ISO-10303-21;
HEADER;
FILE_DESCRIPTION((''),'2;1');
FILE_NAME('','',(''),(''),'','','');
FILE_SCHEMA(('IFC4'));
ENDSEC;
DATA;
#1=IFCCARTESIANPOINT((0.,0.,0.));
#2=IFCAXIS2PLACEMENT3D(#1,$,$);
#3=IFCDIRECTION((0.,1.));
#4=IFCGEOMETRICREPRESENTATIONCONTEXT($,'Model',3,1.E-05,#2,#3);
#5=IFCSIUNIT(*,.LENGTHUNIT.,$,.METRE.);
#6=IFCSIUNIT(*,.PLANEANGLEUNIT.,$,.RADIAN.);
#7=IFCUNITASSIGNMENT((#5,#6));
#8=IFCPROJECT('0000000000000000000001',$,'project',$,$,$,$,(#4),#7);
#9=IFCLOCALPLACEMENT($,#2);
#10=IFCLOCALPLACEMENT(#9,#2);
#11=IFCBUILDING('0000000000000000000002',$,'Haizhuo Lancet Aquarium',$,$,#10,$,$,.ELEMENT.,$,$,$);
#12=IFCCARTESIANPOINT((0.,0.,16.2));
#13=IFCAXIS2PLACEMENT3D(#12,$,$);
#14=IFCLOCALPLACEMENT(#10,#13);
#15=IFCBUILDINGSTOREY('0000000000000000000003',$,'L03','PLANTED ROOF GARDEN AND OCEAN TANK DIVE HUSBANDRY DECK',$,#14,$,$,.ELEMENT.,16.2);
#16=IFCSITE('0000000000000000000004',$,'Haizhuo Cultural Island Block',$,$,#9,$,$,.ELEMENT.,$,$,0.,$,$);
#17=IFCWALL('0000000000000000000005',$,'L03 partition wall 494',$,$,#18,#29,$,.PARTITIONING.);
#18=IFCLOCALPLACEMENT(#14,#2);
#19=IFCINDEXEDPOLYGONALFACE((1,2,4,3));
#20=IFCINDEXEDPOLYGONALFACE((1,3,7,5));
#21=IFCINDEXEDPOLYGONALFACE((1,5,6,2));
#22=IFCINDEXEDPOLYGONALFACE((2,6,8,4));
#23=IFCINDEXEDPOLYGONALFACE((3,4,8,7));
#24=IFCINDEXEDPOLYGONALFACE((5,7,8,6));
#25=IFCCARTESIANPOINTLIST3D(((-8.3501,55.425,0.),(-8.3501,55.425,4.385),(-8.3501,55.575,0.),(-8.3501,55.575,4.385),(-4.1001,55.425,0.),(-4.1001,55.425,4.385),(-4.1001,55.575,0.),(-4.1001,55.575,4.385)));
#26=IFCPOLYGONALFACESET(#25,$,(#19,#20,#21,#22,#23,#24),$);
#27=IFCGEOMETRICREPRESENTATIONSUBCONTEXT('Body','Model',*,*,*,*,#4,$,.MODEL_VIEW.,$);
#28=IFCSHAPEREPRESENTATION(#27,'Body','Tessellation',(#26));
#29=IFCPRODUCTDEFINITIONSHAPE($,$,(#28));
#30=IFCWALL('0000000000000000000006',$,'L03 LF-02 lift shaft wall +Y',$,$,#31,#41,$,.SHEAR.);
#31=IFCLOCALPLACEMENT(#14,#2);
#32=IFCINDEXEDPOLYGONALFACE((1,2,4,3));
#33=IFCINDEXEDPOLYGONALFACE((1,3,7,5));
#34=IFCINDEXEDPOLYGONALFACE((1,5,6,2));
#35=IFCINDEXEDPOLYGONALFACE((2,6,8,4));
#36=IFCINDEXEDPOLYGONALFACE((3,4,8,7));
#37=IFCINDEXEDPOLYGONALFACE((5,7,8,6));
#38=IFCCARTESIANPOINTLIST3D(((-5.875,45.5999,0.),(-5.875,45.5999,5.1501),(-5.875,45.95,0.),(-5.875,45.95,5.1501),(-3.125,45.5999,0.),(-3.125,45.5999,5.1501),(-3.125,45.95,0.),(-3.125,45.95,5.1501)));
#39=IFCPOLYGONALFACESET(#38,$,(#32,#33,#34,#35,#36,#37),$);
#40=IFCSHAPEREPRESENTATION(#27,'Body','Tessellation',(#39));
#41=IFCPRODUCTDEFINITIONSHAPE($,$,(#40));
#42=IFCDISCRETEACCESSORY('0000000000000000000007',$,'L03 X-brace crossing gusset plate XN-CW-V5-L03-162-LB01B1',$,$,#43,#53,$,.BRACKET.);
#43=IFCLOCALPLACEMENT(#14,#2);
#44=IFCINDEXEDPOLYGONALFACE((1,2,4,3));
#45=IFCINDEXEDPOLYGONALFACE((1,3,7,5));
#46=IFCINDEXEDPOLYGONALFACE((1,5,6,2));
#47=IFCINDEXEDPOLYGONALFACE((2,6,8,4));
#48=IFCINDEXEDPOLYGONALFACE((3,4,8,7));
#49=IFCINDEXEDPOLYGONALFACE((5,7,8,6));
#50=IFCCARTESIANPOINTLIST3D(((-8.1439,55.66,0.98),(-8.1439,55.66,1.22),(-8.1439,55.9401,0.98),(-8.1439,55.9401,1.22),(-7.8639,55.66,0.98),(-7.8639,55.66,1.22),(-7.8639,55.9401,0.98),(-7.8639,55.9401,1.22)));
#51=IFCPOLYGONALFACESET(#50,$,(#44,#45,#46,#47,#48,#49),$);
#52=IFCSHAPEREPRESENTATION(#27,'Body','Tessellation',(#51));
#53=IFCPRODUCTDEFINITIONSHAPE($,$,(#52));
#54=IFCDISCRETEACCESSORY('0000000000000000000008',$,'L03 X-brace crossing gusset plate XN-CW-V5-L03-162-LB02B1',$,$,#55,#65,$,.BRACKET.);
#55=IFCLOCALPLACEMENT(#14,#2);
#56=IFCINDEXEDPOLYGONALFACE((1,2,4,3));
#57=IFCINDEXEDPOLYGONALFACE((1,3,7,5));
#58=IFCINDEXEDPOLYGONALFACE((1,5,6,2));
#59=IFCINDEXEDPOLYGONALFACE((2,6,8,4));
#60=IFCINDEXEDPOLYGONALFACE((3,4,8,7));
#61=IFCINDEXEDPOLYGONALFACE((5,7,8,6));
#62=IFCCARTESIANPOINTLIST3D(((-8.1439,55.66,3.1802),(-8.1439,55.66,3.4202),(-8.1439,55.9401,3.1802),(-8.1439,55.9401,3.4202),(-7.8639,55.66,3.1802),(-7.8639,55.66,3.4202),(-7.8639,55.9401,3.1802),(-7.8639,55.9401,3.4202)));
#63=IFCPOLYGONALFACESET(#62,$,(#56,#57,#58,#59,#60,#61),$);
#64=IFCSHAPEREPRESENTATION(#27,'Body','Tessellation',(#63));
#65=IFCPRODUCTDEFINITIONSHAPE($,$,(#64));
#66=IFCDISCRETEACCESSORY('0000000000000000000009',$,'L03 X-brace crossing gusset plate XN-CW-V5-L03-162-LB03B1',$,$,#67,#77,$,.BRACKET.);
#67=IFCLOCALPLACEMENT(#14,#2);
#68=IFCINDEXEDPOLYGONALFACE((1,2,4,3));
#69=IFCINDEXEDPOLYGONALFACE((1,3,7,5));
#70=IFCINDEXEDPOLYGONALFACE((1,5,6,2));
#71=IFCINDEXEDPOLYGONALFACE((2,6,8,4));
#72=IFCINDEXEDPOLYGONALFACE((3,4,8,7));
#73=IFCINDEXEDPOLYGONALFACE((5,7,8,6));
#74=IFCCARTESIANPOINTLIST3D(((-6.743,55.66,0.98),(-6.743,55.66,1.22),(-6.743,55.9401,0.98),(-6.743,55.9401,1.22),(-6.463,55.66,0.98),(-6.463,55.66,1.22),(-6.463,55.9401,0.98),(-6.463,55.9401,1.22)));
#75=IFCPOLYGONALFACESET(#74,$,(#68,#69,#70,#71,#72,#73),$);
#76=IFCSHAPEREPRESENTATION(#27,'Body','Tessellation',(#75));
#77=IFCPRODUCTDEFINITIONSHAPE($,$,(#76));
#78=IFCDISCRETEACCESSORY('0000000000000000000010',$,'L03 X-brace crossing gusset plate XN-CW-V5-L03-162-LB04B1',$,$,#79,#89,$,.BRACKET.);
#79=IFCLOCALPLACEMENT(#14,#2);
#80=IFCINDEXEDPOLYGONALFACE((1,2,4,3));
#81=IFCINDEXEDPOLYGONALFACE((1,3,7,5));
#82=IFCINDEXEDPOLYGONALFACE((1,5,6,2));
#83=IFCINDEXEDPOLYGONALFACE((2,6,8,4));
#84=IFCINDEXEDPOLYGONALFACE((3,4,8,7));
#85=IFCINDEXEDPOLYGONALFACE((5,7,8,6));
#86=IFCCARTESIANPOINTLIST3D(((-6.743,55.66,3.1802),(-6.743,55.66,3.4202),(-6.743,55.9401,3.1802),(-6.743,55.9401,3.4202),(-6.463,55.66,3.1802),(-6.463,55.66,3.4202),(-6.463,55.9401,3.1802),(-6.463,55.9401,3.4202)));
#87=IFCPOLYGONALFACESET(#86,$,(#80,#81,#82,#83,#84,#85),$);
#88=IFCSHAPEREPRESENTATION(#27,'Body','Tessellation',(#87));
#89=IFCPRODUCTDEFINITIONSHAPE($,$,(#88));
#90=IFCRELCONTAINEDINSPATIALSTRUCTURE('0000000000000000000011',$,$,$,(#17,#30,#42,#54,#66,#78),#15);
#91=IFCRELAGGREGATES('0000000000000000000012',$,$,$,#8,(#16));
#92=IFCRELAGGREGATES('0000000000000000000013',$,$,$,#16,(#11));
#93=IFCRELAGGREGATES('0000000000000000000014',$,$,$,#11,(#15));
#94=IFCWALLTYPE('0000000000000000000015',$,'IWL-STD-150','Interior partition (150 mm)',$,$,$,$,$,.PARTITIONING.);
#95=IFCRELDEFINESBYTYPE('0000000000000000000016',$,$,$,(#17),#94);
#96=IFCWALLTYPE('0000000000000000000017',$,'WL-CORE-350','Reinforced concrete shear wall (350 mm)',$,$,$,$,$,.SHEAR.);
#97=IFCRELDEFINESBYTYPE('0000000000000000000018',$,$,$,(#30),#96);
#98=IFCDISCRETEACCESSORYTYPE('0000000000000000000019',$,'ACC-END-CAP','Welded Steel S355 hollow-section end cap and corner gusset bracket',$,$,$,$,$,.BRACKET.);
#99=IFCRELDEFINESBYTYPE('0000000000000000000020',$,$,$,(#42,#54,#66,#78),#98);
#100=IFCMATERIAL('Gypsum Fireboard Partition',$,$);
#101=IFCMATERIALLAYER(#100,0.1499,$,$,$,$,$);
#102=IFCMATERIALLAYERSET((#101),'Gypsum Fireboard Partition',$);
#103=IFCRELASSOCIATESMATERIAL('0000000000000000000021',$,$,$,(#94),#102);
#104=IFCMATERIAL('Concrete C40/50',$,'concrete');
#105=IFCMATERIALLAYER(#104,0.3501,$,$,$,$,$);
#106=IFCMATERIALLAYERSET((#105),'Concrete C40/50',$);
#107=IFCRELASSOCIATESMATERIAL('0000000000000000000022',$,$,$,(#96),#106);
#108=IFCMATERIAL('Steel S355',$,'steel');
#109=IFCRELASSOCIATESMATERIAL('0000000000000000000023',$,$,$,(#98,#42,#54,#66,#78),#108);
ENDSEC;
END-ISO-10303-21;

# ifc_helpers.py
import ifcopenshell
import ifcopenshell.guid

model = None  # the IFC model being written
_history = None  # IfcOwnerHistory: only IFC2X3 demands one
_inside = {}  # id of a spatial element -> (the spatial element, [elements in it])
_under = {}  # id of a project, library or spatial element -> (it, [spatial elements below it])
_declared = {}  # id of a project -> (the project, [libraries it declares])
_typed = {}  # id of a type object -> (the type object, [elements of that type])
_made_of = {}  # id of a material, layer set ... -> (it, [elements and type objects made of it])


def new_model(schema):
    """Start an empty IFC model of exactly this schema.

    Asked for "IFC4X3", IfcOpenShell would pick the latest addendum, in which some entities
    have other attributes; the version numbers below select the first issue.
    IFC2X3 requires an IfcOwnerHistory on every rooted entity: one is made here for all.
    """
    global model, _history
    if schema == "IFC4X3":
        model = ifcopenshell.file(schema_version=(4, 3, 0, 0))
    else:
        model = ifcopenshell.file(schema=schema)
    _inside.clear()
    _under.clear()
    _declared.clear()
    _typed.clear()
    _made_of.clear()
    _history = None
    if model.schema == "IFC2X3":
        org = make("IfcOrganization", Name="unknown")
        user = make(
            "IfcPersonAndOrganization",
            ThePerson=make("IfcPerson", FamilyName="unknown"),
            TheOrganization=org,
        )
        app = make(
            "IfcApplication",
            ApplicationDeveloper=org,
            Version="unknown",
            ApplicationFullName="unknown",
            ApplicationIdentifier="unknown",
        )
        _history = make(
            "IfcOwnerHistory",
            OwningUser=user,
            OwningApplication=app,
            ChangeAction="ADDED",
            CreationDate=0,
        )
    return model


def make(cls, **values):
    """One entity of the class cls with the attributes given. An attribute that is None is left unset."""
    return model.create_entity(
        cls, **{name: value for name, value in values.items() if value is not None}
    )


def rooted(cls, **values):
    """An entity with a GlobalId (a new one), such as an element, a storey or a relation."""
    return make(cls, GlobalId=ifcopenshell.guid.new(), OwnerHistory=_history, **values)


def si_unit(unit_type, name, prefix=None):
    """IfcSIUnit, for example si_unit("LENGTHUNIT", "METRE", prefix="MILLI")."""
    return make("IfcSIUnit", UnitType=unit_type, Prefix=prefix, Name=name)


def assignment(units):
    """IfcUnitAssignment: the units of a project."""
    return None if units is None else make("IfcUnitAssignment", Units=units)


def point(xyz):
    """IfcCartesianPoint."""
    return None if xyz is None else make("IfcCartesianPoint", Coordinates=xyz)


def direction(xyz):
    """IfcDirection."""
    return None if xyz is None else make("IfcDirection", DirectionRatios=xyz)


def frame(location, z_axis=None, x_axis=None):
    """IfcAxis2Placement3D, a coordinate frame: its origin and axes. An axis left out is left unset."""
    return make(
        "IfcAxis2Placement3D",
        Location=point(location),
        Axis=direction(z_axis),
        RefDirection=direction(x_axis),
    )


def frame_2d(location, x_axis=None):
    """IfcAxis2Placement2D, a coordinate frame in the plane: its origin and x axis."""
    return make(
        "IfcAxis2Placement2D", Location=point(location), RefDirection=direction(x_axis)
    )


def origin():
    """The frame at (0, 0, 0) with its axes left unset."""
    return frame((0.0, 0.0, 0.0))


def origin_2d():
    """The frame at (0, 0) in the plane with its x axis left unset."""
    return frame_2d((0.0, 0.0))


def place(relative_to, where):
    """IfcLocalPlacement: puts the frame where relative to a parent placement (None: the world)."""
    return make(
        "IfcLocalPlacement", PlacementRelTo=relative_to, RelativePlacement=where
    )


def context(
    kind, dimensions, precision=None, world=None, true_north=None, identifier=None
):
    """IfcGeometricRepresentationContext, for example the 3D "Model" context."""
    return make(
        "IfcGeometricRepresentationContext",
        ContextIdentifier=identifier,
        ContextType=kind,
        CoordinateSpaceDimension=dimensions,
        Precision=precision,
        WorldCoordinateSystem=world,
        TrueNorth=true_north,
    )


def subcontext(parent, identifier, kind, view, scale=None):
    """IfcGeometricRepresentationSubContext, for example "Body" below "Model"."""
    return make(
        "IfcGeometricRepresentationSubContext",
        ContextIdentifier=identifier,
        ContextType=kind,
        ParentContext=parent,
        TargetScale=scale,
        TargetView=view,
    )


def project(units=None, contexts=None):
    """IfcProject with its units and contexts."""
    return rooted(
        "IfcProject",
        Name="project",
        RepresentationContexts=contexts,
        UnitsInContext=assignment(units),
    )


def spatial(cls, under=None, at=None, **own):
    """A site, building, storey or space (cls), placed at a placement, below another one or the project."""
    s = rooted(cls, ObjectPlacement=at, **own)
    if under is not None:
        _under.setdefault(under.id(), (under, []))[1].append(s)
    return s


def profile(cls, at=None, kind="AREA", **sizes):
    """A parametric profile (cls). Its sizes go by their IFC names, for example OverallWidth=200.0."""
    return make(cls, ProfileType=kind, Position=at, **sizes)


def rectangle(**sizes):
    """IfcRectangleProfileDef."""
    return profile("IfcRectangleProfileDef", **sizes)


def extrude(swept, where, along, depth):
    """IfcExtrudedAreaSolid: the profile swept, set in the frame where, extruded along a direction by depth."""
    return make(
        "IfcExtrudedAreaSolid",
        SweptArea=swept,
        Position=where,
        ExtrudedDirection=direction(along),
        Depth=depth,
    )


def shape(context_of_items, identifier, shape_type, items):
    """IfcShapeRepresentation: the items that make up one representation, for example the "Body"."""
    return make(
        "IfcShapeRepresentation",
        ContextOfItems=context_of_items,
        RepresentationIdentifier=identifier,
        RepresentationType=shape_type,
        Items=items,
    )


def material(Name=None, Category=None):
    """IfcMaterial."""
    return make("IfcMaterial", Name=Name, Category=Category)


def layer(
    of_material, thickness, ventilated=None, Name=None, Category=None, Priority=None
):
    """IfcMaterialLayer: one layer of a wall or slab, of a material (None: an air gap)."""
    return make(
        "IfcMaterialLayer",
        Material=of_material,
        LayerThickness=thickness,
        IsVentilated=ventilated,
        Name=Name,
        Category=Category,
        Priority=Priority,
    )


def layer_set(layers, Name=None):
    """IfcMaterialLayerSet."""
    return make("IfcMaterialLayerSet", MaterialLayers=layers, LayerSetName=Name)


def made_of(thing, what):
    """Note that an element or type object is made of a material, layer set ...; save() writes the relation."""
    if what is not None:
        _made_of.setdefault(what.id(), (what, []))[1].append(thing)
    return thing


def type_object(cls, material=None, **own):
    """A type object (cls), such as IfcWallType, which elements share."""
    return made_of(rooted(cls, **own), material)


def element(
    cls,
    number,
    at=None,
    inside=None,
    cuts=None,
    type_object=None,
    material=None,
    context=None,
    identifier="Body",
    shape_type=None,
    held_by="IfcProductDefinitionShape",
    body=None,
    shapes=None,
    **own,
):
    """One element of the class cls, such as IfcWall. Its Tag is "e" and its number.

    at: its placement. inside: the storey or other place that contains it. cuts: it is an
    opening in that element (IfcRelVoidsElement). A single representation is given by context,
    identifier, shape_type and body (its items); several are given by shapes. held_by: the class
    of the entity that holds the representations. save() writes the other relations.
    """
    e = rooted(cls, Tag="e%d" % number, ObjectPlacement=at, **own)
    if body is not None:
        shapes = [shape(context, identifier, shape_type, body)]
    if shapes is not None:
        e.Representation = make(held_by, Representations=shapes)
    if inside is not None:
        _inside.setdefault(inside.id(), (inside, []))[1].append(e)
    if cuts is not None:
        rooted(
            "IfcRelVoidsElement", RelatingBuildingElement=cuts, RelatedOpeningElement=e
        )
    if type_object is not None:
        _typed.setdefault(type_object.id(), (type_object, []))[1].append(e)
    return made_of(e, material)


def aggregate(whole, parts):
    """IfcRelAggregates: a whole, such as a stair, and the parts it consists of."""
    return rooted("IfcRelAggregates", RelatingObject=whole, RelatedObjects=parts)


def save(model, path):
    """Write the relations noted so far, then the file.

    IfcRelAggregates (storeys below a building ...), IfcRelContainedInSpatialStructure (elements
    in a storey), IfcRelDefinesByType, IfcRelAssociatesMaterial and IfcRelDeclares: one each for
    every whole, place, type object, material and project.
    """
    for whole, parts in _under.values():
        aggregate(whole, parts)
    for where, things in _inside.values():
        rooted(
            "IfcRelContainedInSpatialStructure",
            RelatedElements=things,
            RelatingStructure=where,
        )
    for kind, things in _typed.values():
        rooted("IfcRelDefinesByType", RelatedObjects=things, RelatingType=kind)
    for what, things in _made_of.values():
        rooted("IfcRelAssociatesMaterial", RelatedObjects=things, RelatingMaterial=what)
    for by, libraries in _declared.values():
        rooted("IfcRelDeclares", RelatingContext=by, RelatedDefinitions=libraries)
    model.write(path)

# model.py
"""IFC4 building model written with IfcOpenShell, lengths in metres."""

from ifc_helpers import new_model, si_unit, direction, frame, frame_2d, origin, origin_2d, place, context, subcontext, project, spatial, rectangle, extrude, material, layer, layer_set, type_object, element, save


model = new_model("IFC4")

# Units and contexts
model_context = context("Model", 3, precision=1e-05, world=origin(), true_north=direction((0.0, 1.0)))
body_context = subcontext(model_context, "Body", "Model", "MODEL_VIEW")
ifc_project = project(units=[si_unit("LENGTHUNIT", "METRE"), si_unit("PLANEANGLEUNIT", "RADIAN")], contexts=[model_context])

# Site, building, storey
site_placement = place(None, origin())
site = spatial("IfcSite", under=ifc_project, at=site_placement, Name="Haizhuo Cultural Island Block", CompositionType="ELEMENT", RefElevation=0.0)
building_placement = place(site_placement, origin())
building = spatial("IfcBuilding", under=site, at=building_placement, Name="Haizhuo Lancet Aquarium", CompositionType="ELEMENT")
storey_placement = place(building_placement, frame((0.0, 0.0, 16.2)))
storey = spatial("IfcBuildingStorey", under=building, at=storey_placement, Name="L03", Description="PLANTED ROOF GARDEN AND OCEAN TANK DIVE HUSBANDRY DECK", CompositionType="ELEMENT", Elevation=16.2)

# Shared definitions
ifc_material_1 = material(Name="Steel S355", Category="steel")

# Walls
ifc_material_2 = material(Name="Gypsum Fireboard Partition")
ifc_layer_1 = layer(ifc_material_2, 0.1499)
ifc_layer_set_1 = layer_set([ifc_layer_1], Name="Gypsum Fireboard Partition")
wall_type_1 = type_object("IfcWallType", Name="IWL-STD-150", Description="Interior partition (150 mm)", PredefinedType="PARTITIONING", material=ifc_layer_set_1)
wall_1_placement = place(storey_placement, frame((-4.1001, 55.5, 0.0), z_axis=(0.0, 0.0, 1.0), x_axis=(-1.0, 0.0, 0.0)))
element("IfcWall", 1, at=wall_1_placement, inside=storey, type_object=wall_type_1, Name="L03 partition wall 494", PredefinedType="PARTITIONING", context=body_context, shape_type="SweptSolid", body=[
    extrude(rectangle(XDim=4.25, YDim=0.1499, at=frame_2d((2.125, 0.0))), origin(), (0.0, 0.0, 1.0), 4.385),
])
ifc_material_3 = material(Name="Concrete C40/50", Category="concrete")
ifc_layer_2 = layer(ifc_material_3, 0.3501)
ifc_layer_set_2 = layer_set([ifc_layer_2], Name="Concrete C40/50")
wall_type_2 = type_object("IfcWallType", Name="WL-CORE-350", Description="Reinforced concrete shear wall (350 mm)", PredefinedType="SHEAR", material=ifc_layer_set_2)
wall_2_placement = place(storey_placement, frame((-3.125, 45.7749, 0.0), z_axis=(0.0, 0.0, 1.0), x_axis=(-1.0, 0.0, 0.0)))
element("IfcWall", 2, at=wall_2_placement, inside=storey, type_object=wall_type_2, Name="L03 LF-02 lift shaft wall +Y", PredefinedType="SHEAR", context=body_context, shape_type="SweptSolid", body=[
    extrude(rectangle(XDim=2.75, YDim=0.3501, at=frame_2d((1.375, 0.0))), origin(), (0.0, 0.0, 1.0), 5.1501),
])

# Discrete accessories
discrete_accessory_type = type_object("IfcDiscreteAccessoryType", Name="ACC-END-CAP", Description="Welded Steel S355 hollow-section end cap and corner gusset bracket", PredefinedType="BRACKET", material=ifc_material_1)
for number, where, z_axis, x_axis, name in (
    (3, (-8.0039, 55.8, 0.98), (0.0, 0.0, 1.0), (1.0, 0.0, 0.0), "L03 X-brace crossing gusset plate XN-CW-V5-L03-162-LB01B1"),
    (4, (-8.0039, 55.8, 3.1802), (0.0, 0.0, 1.0), (1.0, 0.0, 0.0), "L03 X-brace crossing gusset plate XN-CW-V5-L03-162-LB02B1"),
    (5, (-6.603, 55.8, 0.98), (0.0, 0.0, 1.0), (1.0, 0.0, 0.0), "L03 X-brace crossing gusset plate XN-CW-V5-L03-162-LB03B1"),
    (6, (-6.603, 55.8, 3.1802), (0.0, 0.0, 1.0), (1.0, 0.0, 0.0), "L03 X-brace crossing gusset plate XN-CW-V5-L03-162-LB04B1"),
):
    element("IfcDiscreteAccessory", number, at=place(storey_placement, frame(where, z_axis=z_axis, x_axis=x_axis)), inside=storey, type_object=discrete_accessory_type, material=ifc_material_1, Name=name, PredefinedType="BRACKET", context=body_context, shape_type="SweptSolid", body=[
        extrude(rectangle(XDim=0.28, YDim=0.28, at=origin_2d()), origin(), (0.0, 0.0, 1.0), 0.24),
    ])

save(model, "model.ifc")
